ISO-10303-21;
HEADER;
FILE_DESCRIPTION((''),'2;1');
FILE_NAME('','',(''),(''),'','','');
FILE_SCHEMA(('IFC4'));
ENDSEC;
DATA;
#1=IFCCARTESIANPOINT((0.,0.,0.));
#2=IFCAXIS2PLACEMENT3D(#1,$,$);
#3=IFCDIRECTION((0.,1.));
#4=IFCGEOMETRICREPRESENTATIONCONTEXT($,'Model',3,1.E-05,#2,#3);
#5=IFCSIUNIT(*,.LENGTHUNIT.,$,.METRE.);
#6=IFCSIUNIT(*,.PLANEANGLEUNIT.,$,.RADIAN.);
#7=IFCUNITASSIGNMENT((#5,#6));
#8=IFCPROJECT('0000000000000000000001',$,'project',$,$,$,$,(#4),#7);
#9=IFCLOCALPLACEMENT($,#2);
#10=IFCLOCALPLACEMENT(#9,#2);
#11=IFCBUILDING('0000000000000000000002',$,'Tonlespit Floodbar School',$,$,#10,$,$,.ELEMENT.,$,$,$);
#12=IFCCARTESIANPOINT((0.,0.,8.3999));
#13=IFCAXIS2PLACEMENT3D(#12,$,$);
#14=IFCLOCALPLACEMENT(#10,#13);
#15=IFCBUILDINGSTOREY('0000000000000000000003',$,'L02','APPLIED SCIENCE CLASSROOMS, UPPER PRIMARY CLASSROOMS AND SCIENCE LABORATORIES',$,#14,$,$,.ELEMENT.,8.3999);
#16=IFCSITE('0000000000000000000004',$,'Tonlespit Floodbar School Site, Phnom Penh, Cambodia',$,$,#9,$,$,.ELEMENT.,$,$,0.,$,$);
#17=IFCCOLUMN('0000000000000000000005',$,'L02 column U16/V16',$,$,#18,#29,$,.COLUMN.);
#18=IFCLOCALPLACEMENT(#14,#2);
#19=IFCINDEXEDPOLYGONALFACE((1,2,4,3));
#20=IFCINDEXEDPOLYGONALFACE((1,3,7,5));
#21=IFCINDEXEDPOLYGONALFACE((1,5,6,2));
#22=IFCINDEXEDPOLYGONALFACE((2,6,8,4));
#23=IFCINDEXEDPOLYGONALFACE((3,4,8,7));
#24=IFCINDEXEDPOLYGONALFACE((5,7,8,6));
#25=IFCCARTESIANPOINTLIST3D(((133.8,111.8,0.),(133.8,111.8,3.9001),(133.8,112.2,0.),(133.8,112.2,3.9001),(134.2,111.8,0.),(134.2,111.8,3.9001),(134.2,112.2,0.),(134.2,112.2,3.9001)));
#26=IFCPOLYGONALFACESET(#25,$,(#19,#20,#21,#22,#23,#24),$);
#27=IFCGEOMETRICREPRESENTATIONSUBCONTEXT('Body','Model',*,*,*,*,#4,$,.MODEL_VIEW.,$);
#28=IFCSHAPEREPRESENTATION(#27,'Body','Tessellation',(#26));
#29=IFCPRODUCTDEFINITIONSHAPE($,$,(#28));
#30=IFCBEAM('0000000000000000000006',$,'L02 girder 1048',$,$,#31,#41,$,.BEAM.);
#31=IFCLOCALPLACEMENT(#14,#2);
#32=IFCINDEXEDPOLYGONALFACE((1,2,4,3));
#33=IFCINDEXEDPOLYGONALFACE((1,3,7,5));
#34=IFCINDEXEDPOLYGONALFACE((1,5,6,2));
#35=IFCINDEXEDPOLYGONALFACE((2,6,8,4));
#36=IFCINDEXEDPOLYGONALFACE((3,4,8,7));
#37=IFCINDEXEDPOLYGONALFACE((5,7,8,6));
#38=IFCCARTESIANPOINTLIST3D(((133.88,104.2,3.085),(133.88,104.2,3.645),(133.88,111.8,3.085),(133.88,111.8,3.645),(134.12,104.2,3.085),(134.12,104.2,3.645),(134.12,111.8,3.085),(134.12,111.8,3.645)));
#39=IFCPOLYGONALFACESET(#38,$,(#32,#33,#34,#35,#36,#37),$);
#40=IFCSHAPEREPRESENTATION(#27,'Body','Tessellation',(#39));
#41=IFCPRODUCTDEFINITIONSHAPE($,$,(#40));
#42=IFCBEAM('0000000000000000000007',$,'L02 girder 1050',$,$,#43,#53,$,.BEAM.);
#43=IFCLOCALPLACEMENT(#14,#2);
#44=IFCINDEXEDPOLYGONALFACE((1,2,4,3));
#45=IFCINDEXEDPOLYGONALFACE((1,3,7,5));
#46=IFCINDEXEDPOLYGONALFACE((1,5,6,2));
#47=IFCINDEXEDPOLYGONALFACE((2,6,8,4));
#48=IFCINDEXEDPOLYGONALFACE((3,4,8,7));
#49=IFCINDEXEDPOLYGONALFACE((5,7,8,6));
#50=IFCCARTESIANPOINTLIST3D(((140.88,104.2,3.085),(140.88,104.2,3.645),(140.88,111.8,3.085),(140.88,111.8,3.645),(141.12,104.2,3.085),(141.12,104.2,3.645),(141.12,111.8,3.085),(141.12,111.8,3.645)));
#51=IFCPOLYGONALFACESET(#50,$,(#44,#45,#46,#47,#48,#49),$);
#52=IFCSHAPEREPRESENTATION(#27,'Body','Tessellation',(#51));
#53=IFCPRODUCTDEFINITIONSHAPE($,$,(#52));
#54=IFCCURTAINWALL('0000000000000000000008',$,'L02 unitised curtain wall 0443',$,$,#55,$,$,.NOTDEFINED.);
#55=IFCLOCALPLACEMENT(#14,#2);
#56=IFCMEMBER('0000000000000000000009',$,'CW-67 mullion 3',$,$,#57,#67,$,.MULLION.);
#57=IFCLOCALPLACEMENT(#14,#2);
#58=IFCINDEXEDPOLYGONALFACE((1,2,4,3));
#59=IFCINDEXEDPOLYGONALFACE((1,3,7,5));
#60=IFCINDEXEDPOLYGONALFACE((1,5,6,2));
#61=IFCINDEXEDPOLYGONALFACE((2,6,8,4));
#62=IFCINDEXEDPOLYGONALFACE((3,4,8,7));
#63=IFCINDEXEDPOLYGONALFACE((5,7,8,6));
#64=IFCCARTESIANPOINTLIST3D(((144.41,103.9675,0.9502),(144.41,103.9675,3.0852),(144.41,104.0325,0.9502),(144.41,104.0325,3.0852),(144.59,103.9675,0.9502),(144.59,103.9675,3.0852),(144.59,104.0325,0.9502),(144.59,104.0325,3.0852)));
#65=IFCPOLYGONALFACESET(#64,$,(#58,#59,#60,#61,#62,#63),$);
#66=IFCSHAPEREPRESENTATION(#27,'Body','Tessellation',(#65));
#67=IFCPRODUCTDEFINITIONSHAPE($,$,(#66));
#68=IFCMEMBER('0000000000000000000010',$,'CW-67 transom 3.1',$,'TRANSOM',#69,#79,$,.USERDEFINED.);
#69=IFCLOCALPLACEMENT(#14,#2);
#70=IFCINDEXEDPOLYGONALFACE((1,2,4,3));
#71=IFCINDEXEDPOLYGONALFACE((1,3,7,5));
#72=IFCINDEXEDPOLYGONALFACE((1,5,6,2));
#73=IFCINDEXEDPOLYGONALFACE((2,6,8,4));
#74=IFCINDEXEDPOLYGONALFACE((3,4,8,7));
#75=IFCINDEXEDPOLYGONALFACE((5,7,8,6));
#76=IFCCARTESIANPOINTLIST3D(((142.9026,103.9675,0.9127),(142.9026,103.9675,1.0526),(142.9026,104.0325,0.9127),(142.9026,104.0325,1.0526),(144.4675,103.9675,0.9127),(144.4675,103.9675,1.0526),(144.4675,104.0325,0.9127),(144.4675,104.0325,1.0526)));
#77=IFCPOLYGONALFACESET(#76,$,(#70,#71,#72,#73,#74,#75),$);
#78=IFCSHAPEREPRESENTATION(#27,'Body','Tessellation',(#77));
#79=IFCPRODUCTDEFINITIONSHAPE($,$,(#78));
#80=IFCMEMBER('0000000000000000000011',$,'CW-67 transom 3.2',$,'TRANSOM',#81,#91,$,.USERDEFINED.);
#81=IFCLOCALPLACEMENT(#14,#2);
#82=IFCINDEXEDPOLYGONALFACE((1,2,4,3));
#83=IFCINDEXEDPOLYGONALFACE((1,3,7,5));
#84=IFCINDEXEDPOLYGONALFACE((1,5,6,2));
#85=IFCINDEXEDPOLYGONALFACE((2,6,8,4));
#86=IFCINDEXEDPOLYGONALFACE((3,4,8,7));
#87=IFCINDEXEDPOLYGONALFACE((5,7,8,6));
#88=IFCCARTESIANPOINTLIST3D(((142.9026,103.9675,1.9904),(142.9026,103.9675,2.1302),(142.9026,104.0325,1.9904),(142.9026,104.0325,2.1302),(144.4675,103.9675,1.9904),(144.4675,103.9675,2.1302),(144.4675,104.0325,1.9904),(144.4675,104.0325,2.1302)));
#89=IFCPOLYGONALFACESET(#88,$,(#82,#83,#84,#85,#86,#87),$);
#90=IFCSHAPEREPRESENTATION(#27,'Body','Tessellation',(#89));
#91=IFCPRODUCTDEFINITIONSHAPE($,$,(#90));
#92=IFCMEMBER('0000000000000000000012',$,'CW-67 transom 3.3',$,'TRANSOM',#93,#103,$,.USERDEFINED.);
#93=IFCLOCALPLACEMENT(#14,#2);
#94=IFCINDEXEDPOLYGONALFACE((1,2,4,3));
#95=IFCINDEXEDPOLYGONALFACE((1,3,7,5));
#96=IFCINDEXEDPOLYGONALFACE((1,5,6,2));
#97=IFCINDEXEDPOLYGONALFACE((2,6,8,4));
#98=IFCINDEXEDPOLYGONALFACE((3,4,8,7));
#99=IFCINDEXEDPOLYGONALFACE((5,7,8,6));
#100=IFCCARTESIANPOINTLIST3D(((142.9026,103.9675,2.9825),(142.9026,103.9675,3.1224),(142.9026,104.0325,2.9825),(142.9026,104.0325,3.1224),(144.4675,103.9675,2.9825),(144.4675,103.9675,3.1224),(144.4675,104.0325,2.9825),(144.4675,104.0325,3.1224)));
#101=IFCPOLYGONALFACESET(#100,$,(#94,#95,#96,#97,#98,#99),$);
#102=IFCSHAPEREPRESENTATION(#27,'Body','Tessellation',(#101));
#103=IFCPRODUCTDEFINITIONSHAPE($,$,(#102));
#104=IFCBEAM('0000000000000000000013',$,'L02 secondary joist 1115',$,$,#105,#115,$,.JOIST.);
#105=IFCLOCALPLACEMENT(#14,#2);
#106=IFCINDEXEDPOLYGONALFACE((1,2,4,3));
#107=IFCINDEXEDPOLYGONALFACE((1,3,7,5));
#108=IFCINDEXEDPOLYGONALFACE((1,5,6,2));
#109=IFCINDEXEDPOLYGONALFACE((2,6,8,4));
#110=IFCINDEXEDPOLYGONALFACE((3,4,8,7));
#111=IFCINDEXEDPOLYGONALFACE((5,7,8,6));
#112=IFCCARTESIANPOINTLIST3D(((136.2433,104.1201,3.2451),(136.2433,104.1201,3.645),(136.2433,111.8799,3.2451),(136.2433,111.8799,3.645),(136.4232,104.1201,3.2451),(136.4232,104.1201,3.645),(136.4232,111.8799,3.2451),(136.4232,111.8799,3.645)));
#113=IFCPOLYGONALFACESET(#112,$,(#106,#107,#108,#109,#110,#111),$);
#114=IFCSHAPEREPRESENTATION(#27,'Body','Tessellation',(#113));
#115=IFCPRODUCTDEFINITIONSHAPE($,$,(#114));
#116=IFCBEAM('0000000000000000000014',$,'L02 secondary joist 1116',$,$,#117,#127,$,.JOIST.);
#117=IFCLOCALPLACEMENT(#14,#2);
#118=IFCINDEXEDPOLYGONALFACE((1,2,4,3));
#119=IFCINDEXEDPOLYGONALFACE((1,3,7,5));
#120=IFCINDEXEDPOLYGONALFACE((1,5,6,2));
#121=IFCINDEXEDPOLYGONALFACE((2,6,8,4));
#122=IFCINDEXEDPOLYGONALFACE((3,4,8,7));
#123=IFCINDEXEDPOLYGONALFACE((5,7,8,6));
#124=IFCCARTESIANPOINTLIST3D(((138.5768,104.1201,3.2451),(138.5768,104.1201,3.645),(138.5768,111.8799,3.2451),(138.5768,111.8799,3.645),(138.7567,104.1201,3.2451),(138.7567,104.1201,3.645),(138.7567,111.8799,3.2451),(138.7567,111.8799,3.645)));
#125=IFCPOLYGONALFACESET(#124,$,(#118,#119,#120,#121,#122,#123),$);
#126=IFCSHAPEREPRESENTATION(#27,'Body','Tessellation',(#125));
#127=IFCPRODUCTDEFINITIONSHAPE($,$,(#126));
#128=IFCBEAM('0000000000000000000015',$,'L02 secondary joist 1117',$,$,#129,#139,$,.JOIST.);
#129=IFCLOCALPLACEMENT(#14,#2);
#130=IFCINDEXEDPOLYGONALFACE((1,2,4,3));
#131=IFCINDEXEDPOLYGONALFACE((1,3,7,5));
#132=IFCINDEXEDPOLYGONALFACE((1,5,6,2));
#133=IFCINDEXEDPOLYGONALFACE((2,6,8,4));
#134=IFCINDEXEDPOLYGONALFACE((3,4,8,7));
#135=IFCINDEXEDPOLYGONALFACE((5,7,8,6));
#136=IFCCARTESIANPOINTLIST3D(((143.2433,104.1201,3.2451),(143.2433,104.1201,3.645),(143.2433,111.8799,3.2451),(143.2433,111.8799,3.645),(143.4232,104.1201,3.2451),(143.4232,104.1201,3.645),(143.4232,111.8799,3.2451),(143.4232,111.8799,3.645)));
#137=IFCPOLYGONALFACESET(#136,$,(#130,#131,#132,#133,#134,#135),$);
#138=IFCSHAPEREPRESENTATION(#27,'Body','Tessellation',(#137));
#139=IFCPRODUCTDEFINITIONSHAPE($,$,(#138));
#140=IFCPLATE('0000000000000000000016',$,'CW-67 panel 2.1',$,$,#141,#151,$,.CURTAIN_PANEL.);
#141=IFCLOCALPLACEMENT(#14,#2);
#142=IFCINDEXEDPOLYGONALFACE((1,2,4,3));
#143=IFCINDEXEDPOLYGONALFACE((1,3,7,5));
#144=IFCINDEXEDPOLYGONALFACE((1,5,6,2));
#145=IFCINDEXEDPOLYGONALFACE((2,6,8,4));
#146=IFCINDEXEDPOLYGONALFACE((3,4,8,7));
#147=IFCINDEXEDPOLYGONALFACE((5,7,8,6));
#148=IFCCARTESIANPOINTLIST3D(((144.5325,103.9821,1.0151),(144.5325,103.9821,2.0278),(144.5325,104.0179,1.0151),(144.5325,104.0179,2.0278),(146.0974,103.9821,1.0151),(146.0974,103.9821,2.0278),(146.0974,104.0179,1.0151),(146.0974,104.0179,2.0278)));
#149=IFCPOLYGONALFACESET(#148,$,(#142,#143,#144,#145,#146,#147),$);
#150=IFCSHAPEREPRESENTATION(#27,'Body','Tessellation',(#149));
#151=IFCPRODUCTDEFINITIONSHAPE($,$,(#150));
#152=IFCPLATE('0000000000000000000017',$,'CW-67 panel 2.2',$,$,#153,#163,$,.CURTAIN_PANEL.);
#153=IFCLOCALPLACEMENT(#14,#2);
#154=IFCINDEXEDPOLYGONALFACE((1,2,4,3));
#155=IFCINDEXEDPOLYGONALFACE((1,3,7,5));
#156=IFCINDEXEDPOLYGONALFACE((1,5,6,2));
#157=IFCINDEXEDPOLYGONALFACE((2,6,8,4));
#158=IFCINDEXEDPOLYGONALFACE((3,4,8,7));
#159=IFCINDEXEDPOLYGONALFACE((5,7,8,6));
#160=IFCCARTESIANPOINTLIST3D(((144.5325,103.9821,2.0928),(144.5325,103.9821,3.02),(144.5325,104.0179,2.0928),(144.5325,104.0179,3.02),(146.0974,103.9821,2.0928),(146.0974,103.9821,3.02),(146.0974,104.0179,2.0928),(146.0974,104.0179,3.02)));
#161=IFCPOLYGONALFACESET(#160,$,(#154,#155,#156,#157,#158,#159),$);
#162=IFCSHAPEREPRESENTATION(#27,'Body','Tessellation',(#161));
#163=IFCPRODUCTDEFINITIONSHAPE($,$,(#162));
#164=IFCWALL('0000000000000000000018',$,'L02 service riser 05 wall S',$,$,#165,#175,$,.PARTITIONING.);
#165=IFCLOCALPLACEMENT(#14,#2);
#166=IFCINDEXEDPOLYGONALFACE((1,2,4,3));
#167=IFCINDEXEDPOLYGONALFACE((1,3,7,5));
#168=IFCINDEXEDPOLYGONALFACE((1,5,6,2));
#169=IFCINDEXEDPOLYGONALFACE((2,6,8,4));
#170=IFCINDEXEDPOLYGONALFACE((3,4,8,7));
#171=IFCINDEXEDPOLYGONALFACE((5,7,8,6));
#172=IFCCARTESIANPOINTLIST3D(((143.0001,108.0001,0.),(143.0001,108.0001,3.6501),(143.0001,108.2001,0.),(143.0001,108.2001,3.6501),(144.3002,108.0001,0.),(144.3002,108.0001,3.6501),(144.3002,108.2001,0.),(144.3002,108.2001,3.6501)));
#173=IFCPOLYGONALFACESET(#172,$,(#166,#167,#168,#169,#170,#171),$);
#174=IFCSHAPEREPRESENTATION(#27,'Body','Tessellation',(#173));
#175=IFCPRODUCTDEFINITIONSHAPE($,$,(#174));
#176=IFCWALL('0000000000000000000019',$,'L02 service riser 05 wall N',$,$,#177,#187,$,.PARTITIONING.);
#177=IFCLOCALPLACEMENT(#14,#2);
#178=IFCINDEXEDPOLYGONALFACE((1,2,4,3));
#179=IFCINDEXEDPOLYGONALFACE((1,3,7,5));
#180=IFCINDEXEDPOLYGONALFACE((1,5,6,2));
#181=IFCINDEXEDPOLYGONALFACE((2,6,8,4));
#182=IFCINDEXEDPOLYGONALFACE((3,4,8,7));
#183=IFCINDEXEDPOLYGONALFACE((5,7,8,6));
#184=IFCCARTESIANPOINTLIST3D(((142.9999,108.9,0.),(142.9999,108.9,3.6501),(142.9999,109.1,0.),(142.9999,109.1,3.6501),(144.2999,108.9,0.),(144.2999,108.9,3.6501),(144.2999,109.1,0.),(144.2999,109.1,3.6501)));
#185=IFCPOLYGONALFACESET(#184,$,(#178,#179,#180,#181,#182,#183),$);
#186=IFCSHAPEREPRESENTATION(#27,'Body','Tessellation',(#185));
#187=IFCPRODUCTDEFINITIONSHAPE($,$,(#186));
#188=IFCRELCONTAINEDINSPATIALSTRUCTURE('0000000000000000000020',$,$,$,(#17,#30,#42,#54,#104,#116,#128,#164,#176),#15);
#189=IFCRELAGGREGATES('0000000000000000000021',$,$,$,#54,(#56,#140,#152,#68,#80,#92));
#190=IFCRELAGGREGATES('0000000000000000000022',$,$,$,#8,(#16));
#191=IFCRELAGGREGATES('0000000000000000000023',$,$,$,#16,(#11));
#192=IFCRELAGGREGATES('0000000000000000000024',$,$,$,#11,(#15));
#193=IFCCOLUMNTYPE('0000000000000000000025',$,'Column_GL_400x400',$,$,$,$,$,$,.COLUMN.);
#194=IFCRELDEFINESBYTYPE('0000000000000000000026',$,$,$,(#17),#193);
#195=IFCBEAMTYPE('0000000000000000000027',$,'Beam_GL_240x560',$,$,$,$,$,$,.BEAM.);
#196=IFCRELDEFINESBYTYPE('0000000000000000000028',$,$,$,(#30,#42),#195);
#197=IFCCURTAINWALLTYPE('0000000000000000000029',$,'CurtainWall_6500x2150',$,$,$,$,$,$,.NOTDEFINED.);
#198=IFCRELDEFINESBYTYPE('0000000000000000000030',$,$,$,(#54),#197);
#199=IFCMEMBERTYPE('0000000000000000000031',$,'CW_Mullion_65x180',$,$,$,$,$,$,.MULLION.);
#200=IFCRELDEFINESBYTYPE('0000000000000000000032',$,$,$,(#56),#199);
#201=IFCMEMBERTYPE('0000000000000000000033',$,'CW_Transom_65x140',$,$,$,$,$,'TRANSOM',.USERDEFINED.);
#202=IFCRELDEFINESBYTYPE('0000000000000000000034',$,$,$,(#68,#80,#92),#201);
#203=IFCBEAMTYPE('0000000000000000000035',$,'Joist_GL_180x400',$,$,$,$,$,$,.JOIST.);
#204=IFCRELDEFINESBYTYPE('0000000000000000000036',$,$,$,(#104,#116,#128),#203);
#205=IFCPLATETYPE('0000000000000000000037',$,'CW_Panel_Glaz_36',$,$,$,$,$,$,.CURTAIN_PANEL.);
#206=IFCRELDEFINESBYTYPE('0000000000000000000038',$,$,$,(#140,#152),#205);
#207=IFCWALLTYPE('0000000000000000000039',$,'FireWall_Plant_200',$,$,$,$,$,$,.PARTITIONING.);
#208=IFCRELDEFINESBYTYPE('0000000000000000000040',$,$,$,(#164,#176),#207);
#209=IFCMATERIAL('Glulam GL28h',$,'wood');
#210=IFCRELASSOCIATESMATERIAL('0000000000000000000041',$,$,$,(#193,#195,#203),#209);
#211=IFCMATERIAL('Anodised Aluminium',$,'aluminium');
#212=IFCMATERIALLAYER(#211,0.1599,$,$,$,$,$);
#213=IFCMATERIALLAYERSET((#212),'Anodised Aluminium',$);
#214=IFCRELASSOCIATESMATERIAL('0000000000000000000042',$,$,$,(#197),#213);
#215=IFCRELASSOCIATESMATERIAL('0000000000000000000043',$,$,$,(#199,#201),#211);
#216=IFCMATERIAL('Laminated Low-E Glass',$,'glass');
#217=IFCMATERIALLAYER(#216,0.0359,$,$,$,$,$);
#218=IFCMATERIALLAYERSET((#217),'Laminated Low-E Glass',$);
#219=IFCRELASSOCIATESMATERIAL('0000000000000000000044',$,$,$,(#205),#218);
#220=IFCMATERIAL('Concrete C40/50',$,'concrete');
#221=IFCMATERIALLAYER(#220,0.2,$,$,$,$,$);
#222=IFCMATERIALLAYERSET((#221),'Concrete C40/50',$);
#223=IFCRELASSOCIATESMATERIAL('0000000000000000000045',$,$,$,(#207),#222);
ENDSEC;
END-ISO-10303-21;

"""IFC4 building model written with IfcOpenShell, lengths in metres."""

from ifc_helpers import new_model, si_unit, direction, frame, frame_2d, origin, origin_2d, place, context, subcontext, project, spatial, rectangle, extrude, material, layer, layer_set, material_profile, profile_set, type_object, element, aggregate, save


model = new_model("IFC4")

# Units and contexts
model_context = context("Model", 3, precision=1e-05, world=origin(), true_north=direction((0.0, 1.0)))
body_context = subcontext(model_context, "Body", "Model", "MODEL_VIEW")
ifc_project = project(units=[si_unit("LENGTHUNIT", "METRE"), si_unit("PLANEANGLEUNIT", "RADIAN")], contexts=[model_context])

# Site, building, storey
site_placement = place(None, origin())
site = spatial("IfcSite", under=ifc_project, at=site_placement, Name="Tonlespit Floodbar School Site, Phnom Penh, Cambodia", CompositionType="ELEMENT", RefElevation=0.0)
building_placement = place(site_placement, origin())
building = spatial("IfcBuilding", under=site, at=building_placement, Name="Tonlespit Floodbar School", CompositionType="ELEMENT")
storey_placement = place(building_placement, frame((0.0, 0.0, 8.3999)))
storey = spatial("IfcBuildingStorey", under=building, at=storey_placement, Name="L02", Description="APPLIED SCIENCE CLASSROOMS, UPPER PRIMARY CLASSROOMS AND SCIENCE LABORATORIES", CompositionType="ELEMENT", Elevation=8.3999)

# Column
ifc_material_1 = material(Name="Glulam GL28h", Category="wood")
ifc_material_profile_1 = material_profile(ifc_material_1, rectangle(XDim=0.3999, YDim=0.3999, at=origin_2d()), Name="GL 400x400")
ifc_profile_set_1 = profile_set([ifc_material_profile_1], Name="Glulam GL28h")
column_type = type_object("IfcColumnType", Name="Column_GL_400x400", PredefinedType="COLUMN", material=ifc_profile_set_1)
column_placement = place(storey_placement, frame((134.0, 112.0, 0.0), z_axis=(0.0, 0.0, 1.0), x_axis=(1.0, 0.0, 0.0)))
element("IfcColumn", 1, at=column_placement, inside=storey, type_object=column_type, Name="L02 column U16/V16", PredefinedType="COLUMN", context=body_context, shape_type="SweptSolid", body=[
    extrude(rectangle(XDim=0.3999, YDim=0.3999, at=origin_2d()), origin(), (0.0, 0.0, 1.0), 3.9001),
])

# Beams
ifc_material_profile_2 = material_profile(ifc_material_1, rectangle(XDim=0.24, YDim=0.5601, at=origin_2d()), Name="GL 240x560")
ifc_profile_set_2 = profile_set([ifc_material_profile_2], Name="Glulam GL28h")
beam_type_1 = type_object("IfcBeamType", Name="Beam_GL_240x560", PredefinedType="BEAM", material=ifc_profile_set_2)
for number, where, z_axis, x_axis, name in (
    (2, (134.0, 104.2, 3.365), (0.0, 1.0, 0.0), (-1.0, 0.0, 0.0), "L02 girder 1048"),
    (3, (141.0, 104.2, 3.365), (0.0, 1.0, 0.0), (-1.0, 0.0, 0.0), "L02 girder 1050"),
):
    element("IfcBeam", number, at=place(storey_placement, frame(where, z_axis=z_axis, x_axis=x_axis)), inside=storey, type_object=beam_type_1, Name=name, PredefinedType="BEAM", context=body_context, shape_type="SweptSolid", body=[
        extrude(rectangle(XDim=0.24, YDim=0.5601, at=origin_2d()), origin(), (0.0, 0.0, 1.0), 7.6001),
    ])

# Curtain wall, members
ifc_material_2 = material(Name="Anodised Aluminium", Category="aluminium")
ifc_layer_1 = layer(ifc_material_2, 0.1599)
ifc_layer_set_1 = layer_set([ifc_layer_1], Name="Anodised Aluminium")
curtain_wall_type = type_object("IfcCurtainWallType", Name="CurtainWall_6500x2150", PredefinedType="NOTDEFINED", material=ifc_layer_set_1)
curtain_wall_placement = place(storey_placement, origin())
curtain_wall = element("IfcCurtainWall", 4, at=curtain_wall_placement, inside=storey, type_object=curtain_wall_type, Name="L02 unitised curtain wall 0443", PredefinedType="NOTDEFINED")
ifc_material_profile_3 = material_profile(ifc_material_2, rectangle(XDim=0.0649, YDim=0.1799, at=origin_2d()), Name="ALU M65x180")
ifc_profile_set_3 = profile_set([ifc_material_profile_3], Name="Anodised Aluminium")
member_type_1 = type_object("IfcMemberType", Name="CW_Mullion_65x180", PredefinedType="MULLION", material=ifc_profile_set_3)
member_1_placement = place(storey_placement, frame((144.5, 104.0, 0.9502), z_axis=(0.0, 0.0, 1.0), x_axis=(0.0, -1.0, 0.0)))
member_1 = element("IfcMember", 5, at=member_1_placement, type_object=member_type_1, Name="CW-67 mullion 3", PredefinedType="MULLION", context=body_context, shape_type="SweptSolid", body=[
    extrude(rectangle(XDim=0.0649, YDim=0.1799, at=origin_2d()), origin(), (0.0, 0.0, 1.0), 2.135),
])
ifc_material_profile_4 = material_profile(ifc_material_2, rectangle(XDim=0.0649, YDim=0.1399, at=origin_2d()), Name="ALU T65x140")
ifc_profile_set_4 = profile_set([ifc_material_profile_4], Name="Anodised Aluminium")
member_type_2 = type_object("IfcMemberType", Name="CW_Transom_65x140", ElementType="TRANSOM", PredefinedType="USERDEFINED", material=ifc_profile_set_4)
member_2_placement = place(storey_placement, frame((144.4675, 104.0, 0.9827), z_axis=(-1.0, 0.0, 0.0), x_axis=(0.0, -1.0, 0.0)))
member_2 = element("IfcMember", 6, at=member_2_placement, type_object=member_type_2, Name="CW-67 transom 3.1", ObjectType="TRANSOM", PredefinedType="USERDEFINED", context=body_context, shape_type="SweptSolid", body=[
    extrude(rectangle(XDim=0.0649, YDim=0.1399, at=origin_2d()), origin(), (0.0, 0.0, 1.0), 1.5649),
])
member_3_placement = place(storey_placement, frame((144.4675, 104.0, 2.0603), z_axis=(-1.0, 0.0, 0.0), x_axis=(0.0, -1.0, 0.0)))
member_3 = element("IfcMember", 7, at=member_3_placement, type_object=member_type_2, Name="CW-67 transom 3.2", ObjectType="TRANSOM", PredefinedType="USERDEFINED", context=body_context, shape_type="SweptSolid", body=[
    extrude(rectangle(XDim=0.0649, YDim=0.1399, at=origin_2d()), origin(), (0.0, 0.0, 1.0), 1.5649),
])
member_4_placement = place(storey_placement, frame((144.4675, 104.0, 3.0525), z_axis=(-1.0, 0.0, 0.0), x_axis=(0.0, -1.0, 0.0)))
member_4 = element("IfcMember", 8, at=member_4_placement, type_object=member_type_2, Name="CW-67 transom 3.3", ObjectType="TRANSOM", PredefinedType="USERDEFINED", context=body_context, shape_type="SweptSolid", body=[
    extrude(rectangle(XDim=0.0649, YDim=0.1399, at=origin_2d()), origin(), (0.0, 0.0, 1.0), 1.5649),
])

# Beams
ifc_material_profile_5 = material_profile(ifc_material_1, rectangle(XDim=0.1799, YDim=0.3999, at=origin_2d()), Name="GL 180x400")
ifc_profile_set_5 = profile_set([ifc_material_profile_5], Name="Glulam GL28h")
beam_type_2 = type_object("IfcBeamType", Name="Joist_GL_180x400", PredefinedType="JOIST", material=ifc_profile_set_5)
for number, where, z_axis, x_axis, name in (
    (9, (136.3333, 104.1201, 3.4451), (0.0, 1.0, 0.0), (-1.0, 0.0, 0.0), "L02 secondary joist 1115"),
    (10, (138.6667, 104.1201, 3.4451), (0.0, 1.0, 0.0), (-1.0, 0.0, 0.0), "L02 secondary joist 1116"),
    (11, (143.3333, 104.1201, 3.4451), (0.0, 1.0, 0.0), (-1.0, 0.0, 0.0), "L02 secondary joist 1117"),
):
    element("IfcBeam", number, at=place(storey_placement, frame(where, z_axis=z_axis, x_axis=x_axis)), inside=storey, type_object=beam_type_2, Name=name, PredefinedType="JOIST", context=body_context, shape_type="SweptSolid", body=[
        extrude(rectangle(XDim=0.1799, YDim=0.3999, at=origin_2d()), origin(), (0.0, 0.0, 1.0), 7.7598),
    ])

# Plates
ifc_material_3 = material(Name="Laminated Low-E Glass", Category="glass")
ifc_layer_2 = layer(ifc_material_3, 0.0359)
ifc_layer_set_2 = layer_set([ifc_layer_2], Name="Laminated Low-E Glass")
plate_type = type_object("IfcPlateType", Name="CW_Panel_Glaz_36", PredefinedType="CURTAIN_PANEL", material=ifc_layer_set_2)
plate_1_placement = place(storey_placement, frame((145.3149, 104.0, 1.0151), z_axis=(0.0, 0.0, 1.0), x_axis=(-1.0, 0.0, 0.0)))
plate_1 = element("IfcPlate", 12, at=plate_1_placement, type_object=plate_type, Name="CW-67 panel 2.1", PredefinedType="CURTAIN_PANEL", context=body_context, shape_type="SweptSolid", body=[
    extrude(rectangle(XDim=1.5649, YDim=0.0359, at=origin_2d()), origin(), (0.0, 0.0, 1.0), 1.0127),
])
plate_2_placement = place(storey_placement, frame((145.3149, 104.0, 2.0928), z_axis=(0.0, 0.0, 1.0), x_axis=(-1.0, 0.0, 0.0)))
plate_2 = element("IfcPlate", 13, at=plate_2_placement, type_object=plate_type, Name="CW-67 panel 2.2", PredefinedType="CURTAIN_PANEL", context=body_context, shape_type="SweptSolid", body=[
    extrude(rectangle(XDim=1.5649, YDim=0.0359, at=origin_2d()), origin(), (0.0, 0.0, 1.0), 0.9272),
])
aggregate(curtain_wall, [member_1, plate_1, plate_2, member_2, member_3, member_4])

# Walls
ifc_material_4 = material(Name="Concrete C40/50", Category="concrete")
ifc_layer_3 = layer(ifc_material_4, 0.2)
ifc_layer_set_3 = layer_set([ifc_layer_3], Name="Concrete C40/50")
wall_type_1 = type_object("IfcWallType", Name="FireWall_Plant_200", PredefinedType="PARTITIONING", material=ifc_layer_set_3)
for number, where, z_axis, x_axis, name in (
    (14, (144.3, 108.1001, 0.0), (0.0, 0.0, 1.0), (-1.0, 0.0, 0.0), "L02 service riser 05 wall S"),
    (15, (143.0, 109.0, 0.0), (0.0, 0.0, 1.0), (1.0, 0.0, 0.0), "L02 service riser 05 wall N"),
):
    element("IfcWall", number, at=place(storey_placement, frame(where, z_axis=z_axis, x_axis=x_axis)), inside=storey, type_object=wall_type_1, Name=name, PredefinedType="PARTITIONING", context=body_context, shape_type="SweptSolid", body=[
        extrude(rectangle(XDim=1.3, YDim=0.2, at=frame_2d((0.6499, 0.0))), origin(), (0.0, 0.0, 1.0), 3.6501),
    ])

save(model, "model.ifc")
